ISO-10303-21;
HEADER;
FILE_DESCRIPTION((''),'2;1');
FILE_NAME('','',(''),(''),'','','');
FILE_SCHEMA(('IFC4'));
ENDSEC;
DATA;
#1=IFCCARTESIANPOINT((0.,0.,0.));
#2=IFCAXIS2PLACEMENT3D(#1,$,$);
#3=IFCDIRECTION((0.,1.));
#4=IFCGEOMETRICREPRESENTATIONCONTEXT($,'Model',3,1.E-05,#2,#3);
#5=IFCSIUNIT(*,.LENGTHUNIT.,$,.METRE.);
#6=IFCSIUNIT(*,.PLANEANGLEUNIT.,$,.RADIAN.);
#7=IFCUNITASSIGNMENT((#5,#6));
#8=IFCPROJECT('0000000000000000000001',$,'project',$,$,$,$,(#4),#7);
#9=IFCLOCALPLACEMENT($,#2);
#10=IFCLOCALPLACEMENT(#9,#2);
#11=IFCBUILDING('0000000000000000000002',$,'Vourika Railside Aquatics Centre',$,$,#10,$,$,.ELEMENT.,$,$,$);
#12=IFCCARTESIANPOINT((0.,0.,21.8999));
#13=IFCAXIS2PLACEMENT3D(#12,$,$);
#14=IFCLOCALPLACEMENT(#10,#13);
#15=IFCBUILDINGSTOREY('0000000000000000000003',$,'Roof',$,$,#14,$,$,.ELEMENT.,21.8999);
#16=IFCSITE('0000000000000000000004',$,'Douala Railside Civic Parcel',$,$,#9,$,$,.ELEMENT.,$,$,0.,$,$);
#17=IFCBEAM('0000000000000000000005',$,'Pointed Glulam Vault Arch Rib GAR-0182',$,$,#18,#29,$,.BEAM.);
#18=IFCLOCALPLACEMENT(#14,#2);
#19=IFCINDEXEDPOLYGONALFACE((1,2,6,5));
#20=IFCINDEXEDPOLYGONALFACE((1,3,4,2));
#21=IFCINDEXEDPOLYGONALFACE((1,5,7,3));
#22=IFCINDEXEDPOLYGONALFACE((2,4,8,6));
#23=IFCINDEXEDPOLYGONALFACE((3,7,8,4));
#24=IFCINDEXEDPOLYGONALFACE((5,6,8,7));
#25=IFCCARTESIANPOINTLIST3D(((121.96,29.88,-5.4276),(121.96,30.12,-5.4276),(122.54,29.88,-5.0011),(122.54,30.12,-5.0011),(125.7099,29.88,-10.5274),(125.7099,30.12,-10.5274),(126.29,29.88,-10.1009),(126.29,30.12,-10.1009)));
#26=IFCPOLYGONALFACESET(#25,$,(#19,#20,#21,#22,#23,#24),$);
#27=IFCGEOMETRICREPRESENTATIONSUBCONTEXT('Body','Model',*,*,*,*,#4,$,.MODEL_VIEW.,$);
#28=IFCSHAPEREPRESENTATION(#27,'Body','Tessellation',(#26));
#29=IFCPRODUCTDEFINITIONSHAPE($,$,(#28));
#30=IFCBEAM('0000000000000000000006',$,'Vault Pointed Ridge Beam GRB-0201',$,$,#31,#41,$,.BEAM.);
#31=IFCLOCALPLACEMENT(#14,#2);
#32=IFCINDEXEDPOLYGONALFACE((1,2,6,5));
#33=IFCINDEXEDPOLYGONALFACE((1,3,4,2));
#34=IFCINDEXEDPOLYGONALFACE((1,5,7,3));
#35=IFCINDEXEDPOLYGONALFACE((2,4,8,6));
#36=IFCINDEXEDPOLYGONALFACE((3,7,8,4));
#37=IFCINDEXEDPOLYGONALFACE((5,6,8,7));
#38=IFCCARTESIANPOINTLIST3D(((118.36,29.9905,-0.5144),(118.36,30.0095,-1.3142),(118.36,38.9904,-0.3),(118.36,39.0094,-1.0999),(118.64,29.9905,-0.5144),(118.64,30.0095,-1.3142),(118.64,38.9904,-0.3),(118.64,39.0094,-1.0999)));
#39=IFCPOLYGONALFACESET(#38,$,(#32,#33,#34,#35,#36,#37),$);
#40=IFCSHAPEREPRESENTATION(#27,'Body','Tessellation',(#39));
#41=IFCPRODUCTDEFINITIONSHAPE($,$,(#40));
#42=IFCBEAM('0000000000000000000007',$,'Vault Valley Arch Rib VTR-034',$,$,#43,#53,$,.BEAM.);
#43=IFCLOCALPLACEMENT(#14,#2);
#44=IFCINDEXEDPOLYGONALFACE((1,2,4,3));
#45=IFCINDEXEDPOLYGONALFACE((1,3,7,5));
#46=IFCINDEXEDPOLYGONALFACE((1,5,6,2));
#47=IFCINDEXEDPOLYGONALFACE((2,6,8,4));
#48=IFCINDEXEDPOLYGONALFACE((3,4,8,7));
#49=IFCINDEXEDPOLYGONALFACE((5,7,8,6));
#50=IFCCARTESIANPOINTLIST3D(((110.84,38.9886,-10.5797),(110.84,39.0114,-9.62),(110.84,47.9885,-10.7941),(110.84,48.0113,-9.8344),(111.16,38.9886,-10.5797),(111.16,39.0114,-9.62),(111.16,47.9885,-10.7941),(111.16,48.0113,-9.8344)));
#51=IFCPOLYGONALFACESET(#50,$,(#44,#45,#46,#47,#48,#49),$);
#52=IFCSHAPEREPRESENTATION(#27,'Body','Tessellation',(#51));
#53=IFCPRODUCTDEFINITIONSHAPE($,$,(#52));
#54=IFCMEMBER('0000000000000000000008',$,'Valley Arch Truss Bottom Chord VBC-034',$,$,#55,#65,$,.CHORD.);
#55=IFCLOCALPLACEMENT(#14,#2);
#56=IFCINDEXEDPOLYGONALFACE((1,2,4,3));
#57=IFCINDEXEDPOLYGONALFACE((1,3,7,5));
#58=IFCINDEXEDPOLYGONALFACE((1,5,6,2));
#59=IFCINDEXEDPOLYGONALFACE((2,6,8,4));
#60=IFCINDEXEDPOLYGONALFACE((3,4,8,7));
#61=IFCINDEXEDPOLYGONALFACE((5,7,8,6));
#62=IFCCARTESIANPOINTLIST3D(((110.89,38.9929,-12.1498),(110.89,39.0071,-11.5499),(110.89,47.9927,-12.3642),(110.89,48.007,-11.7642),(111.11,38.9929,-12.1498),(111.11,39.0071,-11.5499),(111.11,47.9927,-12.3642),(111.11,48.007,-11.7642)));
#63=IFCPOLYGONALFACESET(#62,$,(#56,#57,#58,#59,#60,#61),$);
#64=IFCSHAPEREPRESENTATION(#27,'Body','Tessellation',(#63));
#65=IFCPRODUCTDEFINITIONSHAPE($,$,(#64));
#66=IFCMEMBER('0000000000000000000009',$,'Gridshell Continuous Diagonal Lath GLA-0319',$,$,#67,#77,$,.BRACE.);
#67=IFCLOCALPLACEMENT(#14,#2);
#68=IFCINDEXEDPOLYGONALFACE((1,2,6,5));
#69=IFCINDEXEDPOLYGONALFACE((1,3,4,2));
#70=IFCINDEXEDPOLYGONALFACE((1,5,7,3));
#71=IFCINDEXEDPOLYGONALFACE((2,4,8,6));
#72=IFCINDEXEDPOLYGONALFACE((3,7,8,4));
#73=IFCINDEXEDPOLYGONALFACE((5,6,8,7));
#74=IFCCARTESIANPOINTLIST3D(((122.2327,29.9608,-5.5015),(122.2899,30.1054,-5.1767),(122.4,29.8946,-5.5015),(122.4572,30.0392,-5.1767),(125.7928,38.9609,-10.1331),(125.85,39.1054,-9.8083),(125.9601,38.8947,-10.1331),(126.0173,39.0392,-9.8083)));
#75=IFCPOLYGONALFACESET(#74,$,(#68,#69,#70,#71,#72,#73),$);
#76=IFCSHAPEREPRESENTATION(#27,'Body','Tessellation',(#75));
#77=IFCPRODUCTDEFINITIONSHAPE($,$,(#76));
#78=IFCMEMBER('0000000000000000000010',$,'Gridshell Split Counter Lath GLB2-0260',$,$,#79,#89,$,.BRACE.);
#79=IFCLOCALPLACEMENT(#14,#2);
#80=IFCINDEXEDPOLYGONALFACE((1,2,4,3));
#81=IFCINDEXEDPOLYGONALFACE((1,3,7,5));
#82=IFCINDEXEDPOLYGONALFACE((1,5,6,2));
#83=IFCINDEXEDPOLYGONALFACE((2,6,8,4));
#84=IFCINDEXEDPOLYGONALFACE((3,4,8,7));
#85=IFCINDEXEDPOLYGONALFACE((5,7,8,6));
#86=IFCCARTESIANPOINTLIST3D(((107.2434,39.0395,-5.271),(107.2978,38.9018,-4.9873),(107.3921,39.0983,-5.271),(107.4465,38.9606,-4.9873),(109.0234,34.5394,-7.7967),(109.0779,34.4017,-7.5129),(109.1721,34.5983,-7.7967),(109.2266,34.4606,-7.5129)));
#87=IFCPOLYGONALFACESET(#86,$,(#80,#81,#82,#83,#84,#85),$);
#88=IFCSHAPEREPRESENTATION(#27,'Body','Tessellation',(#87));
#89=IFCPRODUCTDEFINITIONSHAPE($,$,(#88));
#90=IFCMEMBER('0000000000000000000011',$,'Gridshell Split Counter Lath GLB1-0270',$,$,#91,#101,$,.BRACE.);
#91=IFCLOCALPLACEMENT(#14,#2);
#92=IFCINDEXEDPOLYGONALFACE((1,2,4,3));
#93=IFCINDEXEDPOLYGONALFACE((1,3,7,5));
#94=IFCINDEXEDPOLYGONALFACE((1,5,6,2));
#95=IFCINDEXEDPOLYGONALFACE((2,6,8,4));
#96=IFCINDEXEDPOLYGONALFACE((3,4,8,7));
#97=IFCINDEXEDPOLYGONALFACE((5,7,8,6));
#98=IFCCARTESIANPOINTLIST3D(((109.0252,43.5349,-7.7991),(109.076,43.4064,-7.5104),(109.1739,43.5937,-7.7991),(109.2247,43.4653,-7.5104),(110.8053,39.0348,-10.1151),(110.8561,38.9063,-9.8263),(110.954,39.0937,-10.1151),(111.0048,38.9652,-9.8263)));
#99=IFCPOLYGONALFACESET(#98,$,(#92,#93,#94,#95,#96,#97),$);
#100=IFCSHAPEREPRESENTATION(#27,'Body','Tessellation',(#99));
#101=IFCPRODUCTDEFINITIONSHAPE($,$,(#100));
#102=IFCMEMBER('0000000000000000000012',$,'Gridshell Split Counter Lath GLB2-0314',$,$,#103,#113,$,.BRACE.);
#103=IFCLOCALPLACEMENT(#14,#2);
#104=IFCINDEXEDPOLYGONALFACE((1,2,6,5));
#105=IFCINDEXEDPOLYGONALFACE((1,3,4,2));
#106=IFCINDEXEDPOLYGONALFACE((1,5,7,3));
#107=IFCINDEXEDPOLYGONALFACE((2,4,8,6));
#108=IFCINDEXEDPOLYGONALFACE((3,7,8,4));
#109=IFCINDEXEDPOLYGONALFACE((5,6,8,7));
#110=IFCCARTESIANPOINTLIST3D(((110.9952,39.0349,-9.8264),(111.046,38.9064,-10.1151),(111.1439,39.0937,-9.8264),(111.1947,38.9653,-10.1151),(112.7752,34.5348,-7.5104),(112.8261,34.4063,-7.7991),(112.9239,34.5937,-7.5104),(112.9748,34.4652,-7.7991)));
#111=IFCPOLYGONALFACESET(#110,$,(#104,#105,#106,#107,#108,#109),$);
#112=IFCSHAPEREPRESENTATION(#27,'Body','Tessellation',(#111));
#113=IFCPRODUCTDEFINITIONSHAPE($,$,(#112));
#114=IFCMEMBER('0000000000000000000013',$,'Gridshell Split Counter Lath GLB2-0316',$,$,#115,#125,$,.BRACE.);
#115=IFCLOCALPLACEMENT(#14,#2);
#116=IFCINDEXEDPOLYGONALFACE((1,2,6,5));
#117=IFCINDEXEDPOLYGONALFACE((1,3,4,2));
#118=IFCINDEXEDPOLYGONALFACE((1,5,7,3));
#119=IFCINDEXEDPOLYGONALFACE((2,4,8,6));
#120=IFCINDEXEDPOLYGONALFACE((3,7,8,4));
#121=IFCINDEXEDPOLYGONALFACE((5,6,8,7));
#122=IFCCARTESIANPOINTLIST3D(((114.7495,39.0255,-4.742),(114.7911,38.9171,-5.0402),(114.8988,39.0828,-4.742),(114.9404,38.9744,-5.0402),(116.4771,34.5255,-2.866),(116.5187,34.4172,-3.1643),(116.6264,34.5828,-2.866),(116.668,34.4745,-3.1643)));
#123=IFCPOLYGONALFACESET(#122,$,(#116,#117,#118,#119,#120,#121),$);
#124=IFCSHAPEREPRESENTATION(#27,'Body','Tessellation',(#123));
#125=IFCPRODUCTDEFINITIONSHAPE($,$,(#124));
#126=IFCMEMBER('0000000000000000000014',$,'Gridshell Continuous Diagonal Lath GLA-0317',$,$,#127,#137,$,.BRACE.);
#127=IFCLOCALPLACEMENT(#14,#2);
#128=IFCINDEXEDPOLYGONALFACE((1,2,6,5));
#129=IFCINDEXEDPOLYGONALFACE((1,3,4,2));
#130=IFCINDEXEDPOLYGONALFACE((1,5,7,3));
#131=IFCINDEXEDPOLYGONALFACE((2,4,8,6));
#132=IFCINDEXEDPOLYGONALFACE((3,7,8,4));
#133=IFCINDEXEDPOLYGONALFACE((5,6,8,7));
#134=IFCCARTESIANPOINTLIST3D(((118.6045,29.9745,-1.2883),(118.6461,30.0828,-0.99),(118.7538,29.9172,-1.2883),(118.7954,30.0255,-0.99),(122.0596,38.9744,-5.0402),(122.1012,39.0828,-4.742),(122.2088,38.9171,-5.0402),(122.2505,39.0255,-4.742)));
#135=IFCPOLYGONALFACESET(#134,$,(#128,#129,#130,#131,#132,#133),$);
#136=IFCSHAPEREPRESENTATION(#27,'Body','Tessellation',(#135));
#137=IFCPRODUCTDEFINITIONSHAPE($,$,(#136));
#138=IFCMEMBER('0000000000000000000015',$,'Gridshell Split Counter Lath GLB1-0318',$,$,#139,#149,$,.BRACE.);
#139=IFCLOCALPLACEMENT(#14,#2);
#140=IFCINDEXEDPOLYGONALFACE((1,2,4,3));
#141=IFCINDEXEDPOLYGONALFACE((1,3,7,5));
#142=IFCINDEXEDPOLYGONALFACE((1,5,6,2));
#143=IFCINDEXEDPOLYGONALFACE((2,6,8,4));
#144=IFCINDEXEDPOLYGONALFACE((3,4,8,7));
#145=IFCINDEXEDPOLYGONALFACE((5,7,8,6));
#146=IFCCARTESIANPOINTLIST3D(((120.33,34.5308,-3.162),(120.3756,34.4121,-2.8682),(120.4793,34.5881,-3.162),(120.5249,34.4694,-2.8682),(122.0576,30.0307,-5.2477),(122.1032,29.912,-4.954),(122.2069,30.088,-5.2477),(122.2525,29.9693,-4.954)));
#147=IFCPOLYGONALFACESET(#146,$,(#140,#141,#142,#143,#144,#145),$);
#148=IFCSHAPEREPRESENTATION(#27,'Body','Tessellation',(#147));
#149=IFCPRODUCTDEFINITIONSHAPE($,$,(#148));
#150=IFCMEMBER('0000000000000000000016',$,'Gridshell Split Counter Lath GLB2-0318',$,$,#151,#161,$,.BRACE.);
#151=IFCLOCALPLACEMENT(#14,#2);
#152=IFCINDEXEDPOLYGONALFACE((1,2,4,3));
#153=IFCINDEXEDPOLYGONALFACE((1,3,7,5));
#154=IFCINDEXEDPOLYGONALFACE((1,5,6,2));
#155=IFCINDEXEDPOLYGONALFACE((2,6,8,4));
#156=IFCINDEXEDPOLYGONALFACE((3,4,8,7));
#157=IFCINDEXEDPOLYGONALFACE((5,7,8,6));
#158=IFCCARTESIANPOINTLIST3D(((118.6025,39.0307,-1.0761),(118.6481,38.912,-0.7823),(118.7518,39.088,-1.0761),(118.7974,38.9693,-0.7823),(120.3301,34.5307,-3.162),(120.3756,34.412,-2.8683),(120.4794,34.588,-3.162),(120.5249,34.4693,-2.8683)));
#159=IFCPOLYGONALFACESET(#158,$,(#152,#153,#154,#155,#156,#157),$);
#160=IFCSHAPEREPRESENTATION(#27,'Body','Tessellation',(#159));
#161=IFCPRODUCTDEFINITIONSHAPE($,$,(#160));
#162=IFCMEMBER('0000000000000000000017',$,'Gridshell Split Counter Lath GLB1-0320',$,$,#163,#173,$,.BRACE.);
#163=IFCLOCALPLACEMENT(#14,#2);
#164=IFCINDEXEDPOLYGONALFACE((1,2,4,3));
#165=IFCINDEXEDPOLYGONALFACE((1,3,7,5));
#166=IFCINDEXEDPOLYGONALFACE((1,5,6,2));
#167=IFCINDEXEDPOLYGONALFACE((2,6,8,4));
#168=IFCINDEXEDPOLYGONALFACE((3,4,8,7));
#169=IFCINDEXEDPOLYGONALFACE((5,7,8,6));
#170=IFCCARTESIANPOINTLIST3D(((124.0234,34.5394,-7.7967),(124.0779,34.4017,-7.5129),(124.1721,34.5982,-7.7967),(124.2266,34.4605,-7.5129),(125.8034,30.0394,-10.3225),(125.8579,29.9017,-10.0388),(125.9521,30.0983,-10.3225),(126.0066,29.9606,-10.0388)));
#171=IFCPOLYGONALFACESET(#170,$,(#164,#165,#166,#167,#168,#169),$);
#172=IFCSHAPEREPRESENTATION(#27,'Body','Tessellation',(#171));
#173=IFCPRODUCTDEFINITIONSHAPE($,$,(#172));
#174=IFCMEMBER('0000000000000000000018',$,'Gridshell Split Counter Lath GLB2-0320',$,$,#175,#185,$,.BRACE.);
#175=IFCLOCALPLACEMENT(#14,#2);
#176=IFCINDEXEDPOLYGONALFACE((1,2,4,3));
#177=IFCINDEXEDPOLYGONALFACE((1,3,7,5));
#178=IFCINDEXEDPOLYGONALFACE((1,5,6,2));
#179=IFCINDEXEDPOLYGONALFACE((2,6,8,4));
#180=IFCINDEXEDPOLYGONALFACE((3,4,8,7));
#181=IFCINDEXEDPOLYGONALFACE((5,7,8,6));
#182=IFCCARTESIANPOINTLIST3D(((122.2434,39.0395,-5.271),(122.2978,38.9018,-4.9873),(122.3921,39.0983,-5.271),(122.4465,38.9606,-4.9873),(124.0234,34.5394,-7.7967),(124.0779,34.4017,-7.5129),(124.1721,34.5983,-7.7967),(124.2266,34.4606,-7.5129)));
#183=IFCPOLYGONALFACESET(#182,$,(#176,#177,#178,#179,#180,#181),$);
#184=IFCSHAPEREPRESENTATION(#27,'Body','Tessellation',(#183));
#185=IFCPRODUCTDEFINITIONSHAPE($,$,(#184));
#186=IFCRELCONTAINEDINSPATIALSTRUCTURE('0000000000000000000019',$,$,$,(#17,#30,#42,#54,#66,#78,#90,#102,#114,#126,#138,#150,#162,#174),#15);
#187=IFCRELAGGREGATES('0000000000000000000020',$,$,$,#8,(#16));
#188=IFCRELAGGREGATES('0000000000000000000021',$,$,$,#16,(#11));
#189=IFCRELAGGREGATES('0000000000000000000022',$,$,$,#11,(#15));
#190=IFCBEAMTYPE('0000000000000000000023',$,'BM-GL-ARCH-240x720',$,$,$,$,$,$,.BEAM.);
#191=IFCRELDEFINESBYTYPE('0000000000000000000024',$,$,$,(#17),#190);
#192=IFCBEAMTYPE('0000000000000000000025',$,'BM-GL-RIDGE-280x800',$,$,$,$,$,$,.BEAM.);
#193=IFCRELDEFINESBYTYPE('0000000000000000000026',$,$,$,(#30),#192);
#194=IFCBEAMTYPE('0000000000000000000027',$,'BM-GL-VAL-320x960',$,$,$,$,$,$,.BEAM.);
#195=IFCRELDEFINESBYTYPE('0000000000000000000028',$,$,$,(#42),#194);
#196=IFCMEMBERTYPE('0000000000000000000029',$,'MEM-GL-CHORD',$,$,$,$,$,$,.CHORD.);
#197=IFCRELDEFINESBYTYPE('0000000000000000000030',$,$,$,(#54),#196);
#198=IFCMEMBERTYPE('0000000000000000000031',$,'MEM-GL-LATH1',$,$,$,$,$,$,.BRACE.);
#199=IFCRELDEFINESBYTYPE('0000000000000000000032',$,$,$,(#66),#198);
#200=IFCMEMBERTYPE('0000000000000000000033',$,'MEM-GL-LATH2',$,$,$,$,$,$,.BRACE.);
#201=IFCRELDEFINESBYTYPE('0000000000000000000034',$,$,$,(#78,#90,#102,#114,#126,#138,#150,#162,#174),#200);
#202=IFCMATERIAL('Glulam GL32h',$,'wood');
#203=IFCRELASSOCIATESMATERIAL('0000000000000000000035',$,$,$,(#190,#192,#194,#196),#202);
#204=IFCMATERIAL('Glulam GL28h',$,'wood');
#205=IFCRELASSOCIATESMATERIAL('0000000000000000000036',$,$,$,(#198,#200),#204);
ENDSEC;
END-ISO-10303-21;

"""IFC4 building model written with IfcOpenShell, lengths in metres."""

from ifc_helpers import new_model, si_unit, direction, frame, origin, origin_2d, place, context, subcontext, project, spatial, rectangle, extrude, material, material_profile, profile_set, type_object, element, save


model = new_model("IFC4")

# Units and contexts
model_context = context("Model", 3, precision=1e-05, world=origin(), true_north=direction((0.0, 1.0)))
body_context = subcontext(model_context, "Body", "Model", "MODEL_VIEW")
ifc_project = project(units=[si_unit("LENGTHUNIT", "METRE"), si_unit("PLANEANGLEUNIT", "RADIAN")], contexts=[model_context])

# Site, building, storey
site_placement = place(None, origin())
site = spatial("IfcSite", under=ifc_project, at=site_placement, Name="Douala Railside Civic Parcel", CompositionType="ELEMENT", RefElevation=0.0)
building_placement = place(site_placement, origin())
building = spatial("IfcBuilding", under=site, at=building_placement, Name="Vourika Railside Aquatics Centre", CompositionType="ELEMENT")
storey_placement = place(building_placement, frame((0.0, 0.0, 21.8999)))
storey = spatial("IfcBuildingStorey", under=building, at=storey_placement, Name="Roof", CompositionType="ELEMENT", Elevation=21.8999)

# Beams
ifc_material_1 = material(Name="Glulam GL32h", Category="wood")
ifc_material_profile_1 = material_profile(ifc_material_1, rectangle(XDim=0.24, YDim=0.72, at=origin_2d()), Name="GL32h 240x720")
ifc_profile_set_1 = profile_set([ifc_material_profile_1], Name="Glulam GL32h")
beam_type_1 = type_object("IfcBeamType", Name="BM-GL-ARCH-240x720", PredefinedType="BEAM", material=ifc_profile_set_1)
beam_1_placement = place(storey_placement, frame((122.25, 30.0, -5.2144), z_axis=(0.592401, 0.0, -0.805643), x_axis=(0.0, 1.0, 0.0)))
element("IfcBeam", 1, at=beam_1_placement, inside=storey, type_object=beam_type_1, Name="Pointed Glulam Vault Arch Rib GAR-0182", PredefinedType="BEAM", context=body_context, shape_type="SweptSolid", body=[
    extrude(rectangle(XDim=0.24, YDim=0.72, at=origin_2d()), origin(), (0.0, 0.0, 1.0), 6.3301),
])
ifc_material_profile_2 = material_profile(ifc_material_1, rectangle(XDim=0.28, YDim=0.8, at=origin_2d()), Name="GL32h 280x800")
ifc_profile_set_2 = profile_set([ifc_material_profile_2], Name="Glulam GL32h")
beam_type_2 = type_object("IfcBeamType", Name="BM-GL-RIDGE-280x800", PredefinedType="BEAM", material=ifc_profile_set_2)
beam_2_placement = place(storey_placement, frame((118.5, 30.0, -0.9143), z_axis=(0.0, 0.999716, 0.023811), x_axis=(-1.0, 0.0, 0.0)))
element("IfcBeam", 2, at=beam_2_placement, inside=storey, type_object=beam_type_2, Name="Vault Pointed Ridge Beam GRB-0201", PredefinedType="BEAM", context=body_context, shape_type="SweptSolid", body=[
    extrude(rectangle(XDim=0.28, YDim=0.8, at=origin_2d()), origin(), (0.0, 0.0, 1.0), 9.0024),
])
ifc_material_profile_3 = material_profile(ifc_material_1, rectangle(XDim=0.3201, YDim=0.96, at=origin_2d()), Name="GL32h 320x960")
ifc_profile_set_3 = profile_set([ifc_material_profile_3], Name="Glulam GL32h")
beam_type_3 = type_object("IfcBeamType", Name="BM-GL-VAL-320x960", PredefinedType="BEAM", material=ifc_profile_set_3)
beam_3_placement = place(storey_placement, frame((111.0, 39.0, -10.0999), z_axis=(0.0, 0.999716, -0.023811), x_axis=(-1.0, 0.0, 0.0)))
element("IfcBeam", 3, at=beam_3_placement, inside=storey, type_object=beam_type_3, Name="Vault Valley Arch Rib VTR-034", PredefinedType="BEAM", context=body_context, shape_type="SweptSolid", body=[
    extrude(rectangle(XDim=0.3201, YDim=0.96, at=origin_2d()), origin(), (0.0, 0.0, 1.0), 9.0024),
])

# Members
ifc_material_profile_4 = material_profile(ifc_material_1, rectangle(XDim=0.22, YDim=0.6001, at=origin_2d()), Name="GL32h 220x600")
ifc_profile_set_4 = profile_set([ifc_material_profile_4], Name="Glulam GL32h")
member_type_1 = type_object("IfcMemberType", Name="MEM-GL-CHORD", PredefinedType="CHORD", material=ifc_profile_set_4)
member_1_placement = place(storey_placement, frame((111.0, 39.0, -11.8499), z_axis=(0.0, 0.999716, -0.023811), x_axis=(-1.0, 0.0, 0.0)))
element("IfcMember", 4, at=member_1_placement, inside=storey, type_object=member_type_1, Name="Valley Arch Truss Bottom Chord VBC-034", PredefinedType="CHORD", context=body_context, shape_type="SweptSolid", body=[
    extrude(rectangle(XDim=0.22, YDim=0.6001, at=origin_2d()), origin(), (0.0, 0.0, 1.0), 9.0024),
])
ifc_material_2 = material(Name="Glulam GL28h", Category="wood")
ifc_material_profile_5 = material_profile(ifc_material_2, rectangle(XDim=0.1799, YDim=0.3601, at=origin_2d()), Name="GL28h 180x360")
ifc_profile_set_5 = profile_set([ifc_material_profile_5], Name="Glulam GL28h")
member_type_2 = type_object("IfcMemberType", Name="MEM-GL-LATH1", PredefinedType="BRACE", material=ifc_profile_set_5)
member_2_placement = place(storey_placement, frame((122.345, 30.0, -5.3391), z_axis=(0.331796, 0.838796, -0.431662), x_axis=(-0.929893, 0.36783, 0.0)))
element("IfcMember", 5, at=member_2_placement, inside=storey, type_object=member_type_2, Name="Gridshell Continuous Diagonal Lath GLA-0319", PredefinedType="BRACE", context=body_context, shape_type="SweptSolid", body=[
    extrude(rectangle(XDim=0.1799, YDim=0.3601, at=origin_2d()), origin(), (0.0, 0.0, 1.0), 10.7297),
])
ifc_material_profile_6 = material_profile(ifc_material_2, rectangle(XDim=0.1599, YDim=0.3201, at=origin_2d()), Name="GL28h 160x320")
ifc_profile_set_6 = profile_set([ifc_material_profile_6], Name="Glulam GL28h")
member_type_3 = type_object("IfcMemberType", Name="MEM-GL-LATH2", PredefinedType="BRACE", material=ifc_profile_set_6)
member_3_placement = place(storey_placement, frame((109.125, 34.5, -7.6548), z_axis=(-0.326091, 0.824373, 0.462681), x_axis=(-0.929893, -0.36783, 0.0)))
element("IfcMember", 6, at=member_3_placement, inside=storey, type_object=member_type_3, Name="Gridshell Split Counter Lath GLB2-0260", PredefinedType="BRACE", context=body_context, shape_type="SweptSolid", body=[
    extrude(rectangle(XDim=0.1599, YDim=0.3201, at=origin_2d()), origin(), (0.0, 0.0, 1.0), 5.4587),
])
for number, where, z_axis, x_axis, name in (
    (7, (110.905, 39.0, -9.9707), (-0.331793, 0.838788, 0.431681), (-0.929893, -0.36783, 0.0), "Gridshell Split Counter Lath GLB1-0270"),
    (8, (112.875, 34.5, -7.6548), (-0.331793, 0.838788, -0.431681), (-0.929893, -0.36783, 0.0), "Gridshell Split Counter Lath GLB2-0314"),
):
    element("IfcMember", number, at=place(storey_placement, frame(where, z_axis=z_axis, x_axis=x_axis)), inside=storey, type_object=member_type_3, Name=name, PredefinedType="BRACE", context=body_context, shape_type="SweptSolid", body=[
        extrude(rectangle(XDim=0.1599, YDim=0.3201, at=origin_2d()), origin(), (0.0, 0.0, 1.0), 5.365),
    ])
member_4_placement = place(storey_placement, frame((116.5725, 34.5, -3.0151), z_axis=(-0.333992, 0.870003, -0.36269), x_axis=(-0.93357, -0.358395, 0.0)))
element("IfcMember", 9, at=member_4_placement, inside=storey, type_object=member_type_3, Name="Gridshell Split Counter Lath GLB2-0316", PredefinedType="BRACE", context=body_context, shape_type="SweptSolid", body=[
    extrude(rectangle(XDim=0.1599, YDim=0.3201, at=origin_2d()), origin(), (0.0, 0.0, 1.0), 5.1724),
])
member_5_placement = place(storey_placement, frame((118.7, 30.0, -1.1392), z_axis=(0.333992, 0.870003, -0.36269), x_axis=(-0.93357, 0.358395, 0.0)))
element("IfcMember", 10, at=member_5_placement, inside=storey, type_object=member_type_3, Name="Gridshell Continuous Diagonal Lath GLA-0317", PredefinedType="BRACE", context=body_context, shape_type="SweptSolid", body=[
    extrude(rectangle(XDim=0.1599, YDim=0.3201, at=origin_2d()), origin(), (0.0, 0.0, 1.0), 10.3447),
])
for number, where, z_axis, x_axis, name in (
    (11, (122.155, 30.0, -5.1008), (-0.328924, 0.856801, 0.397116), (-0.93357, -0.358395, 0.0), "Gridshell Split Counter Lath GLB1-0318"),
    (12, (120.4275, 34.5, -3.0151), (-0.328918, 0.856785, 0.397156), (-0.93357, -0.358395, 0.0), "Gridshell Split Counter Lath GLB2-0318"),
):
    element("IfcMember", number, at=place(storey_placement, frame(where, z_axis=z_axis, x_axis=x_axis)), inside=storey, type_object=member_type_3, Name=name, PredefinedType="BRACE", context=body_context, shape_type="SweptSolid", body=[
        extrude(rectangle(XDim=0.1599, YDim=0.3201, at=origin_2d()), origin(), (0.0, 0.0, 1.0), 5.2522),
    ])
for number, where, z_axis, x_axis, name in (
    (13, (125.905, 30.0, -10.1807), (-0.326084, 0.824356, 0.462716), (-0.929893, -0.36783, 0.0), "Gridshell Split Counter Lath GLB1-0320"),
    (14, (124.125, 34.5, -7.6548), (-0.326091, 0.824373, 0.462681), (-0.929893, -0.36783, 0.0), "Gridshell Split Counter Lath GLB2-0320"),
):
    element("IfcMember", number, at=place(storey_placement, frame(where, z_axis=z_axis, x_axis=x_axis)), inside=storey, type_object=member_type_3, Name=name, PredefinedType="BRACE", context=body_context, shape_type="SweptSolid", body=[
        extrude(rectangle(XDim=0.1599, YDim=0.3201, at=origin_2d()), origin(), (0.0, 0.0, 1.0), 5.4587),
    ])

save(model, "model.ifc")
